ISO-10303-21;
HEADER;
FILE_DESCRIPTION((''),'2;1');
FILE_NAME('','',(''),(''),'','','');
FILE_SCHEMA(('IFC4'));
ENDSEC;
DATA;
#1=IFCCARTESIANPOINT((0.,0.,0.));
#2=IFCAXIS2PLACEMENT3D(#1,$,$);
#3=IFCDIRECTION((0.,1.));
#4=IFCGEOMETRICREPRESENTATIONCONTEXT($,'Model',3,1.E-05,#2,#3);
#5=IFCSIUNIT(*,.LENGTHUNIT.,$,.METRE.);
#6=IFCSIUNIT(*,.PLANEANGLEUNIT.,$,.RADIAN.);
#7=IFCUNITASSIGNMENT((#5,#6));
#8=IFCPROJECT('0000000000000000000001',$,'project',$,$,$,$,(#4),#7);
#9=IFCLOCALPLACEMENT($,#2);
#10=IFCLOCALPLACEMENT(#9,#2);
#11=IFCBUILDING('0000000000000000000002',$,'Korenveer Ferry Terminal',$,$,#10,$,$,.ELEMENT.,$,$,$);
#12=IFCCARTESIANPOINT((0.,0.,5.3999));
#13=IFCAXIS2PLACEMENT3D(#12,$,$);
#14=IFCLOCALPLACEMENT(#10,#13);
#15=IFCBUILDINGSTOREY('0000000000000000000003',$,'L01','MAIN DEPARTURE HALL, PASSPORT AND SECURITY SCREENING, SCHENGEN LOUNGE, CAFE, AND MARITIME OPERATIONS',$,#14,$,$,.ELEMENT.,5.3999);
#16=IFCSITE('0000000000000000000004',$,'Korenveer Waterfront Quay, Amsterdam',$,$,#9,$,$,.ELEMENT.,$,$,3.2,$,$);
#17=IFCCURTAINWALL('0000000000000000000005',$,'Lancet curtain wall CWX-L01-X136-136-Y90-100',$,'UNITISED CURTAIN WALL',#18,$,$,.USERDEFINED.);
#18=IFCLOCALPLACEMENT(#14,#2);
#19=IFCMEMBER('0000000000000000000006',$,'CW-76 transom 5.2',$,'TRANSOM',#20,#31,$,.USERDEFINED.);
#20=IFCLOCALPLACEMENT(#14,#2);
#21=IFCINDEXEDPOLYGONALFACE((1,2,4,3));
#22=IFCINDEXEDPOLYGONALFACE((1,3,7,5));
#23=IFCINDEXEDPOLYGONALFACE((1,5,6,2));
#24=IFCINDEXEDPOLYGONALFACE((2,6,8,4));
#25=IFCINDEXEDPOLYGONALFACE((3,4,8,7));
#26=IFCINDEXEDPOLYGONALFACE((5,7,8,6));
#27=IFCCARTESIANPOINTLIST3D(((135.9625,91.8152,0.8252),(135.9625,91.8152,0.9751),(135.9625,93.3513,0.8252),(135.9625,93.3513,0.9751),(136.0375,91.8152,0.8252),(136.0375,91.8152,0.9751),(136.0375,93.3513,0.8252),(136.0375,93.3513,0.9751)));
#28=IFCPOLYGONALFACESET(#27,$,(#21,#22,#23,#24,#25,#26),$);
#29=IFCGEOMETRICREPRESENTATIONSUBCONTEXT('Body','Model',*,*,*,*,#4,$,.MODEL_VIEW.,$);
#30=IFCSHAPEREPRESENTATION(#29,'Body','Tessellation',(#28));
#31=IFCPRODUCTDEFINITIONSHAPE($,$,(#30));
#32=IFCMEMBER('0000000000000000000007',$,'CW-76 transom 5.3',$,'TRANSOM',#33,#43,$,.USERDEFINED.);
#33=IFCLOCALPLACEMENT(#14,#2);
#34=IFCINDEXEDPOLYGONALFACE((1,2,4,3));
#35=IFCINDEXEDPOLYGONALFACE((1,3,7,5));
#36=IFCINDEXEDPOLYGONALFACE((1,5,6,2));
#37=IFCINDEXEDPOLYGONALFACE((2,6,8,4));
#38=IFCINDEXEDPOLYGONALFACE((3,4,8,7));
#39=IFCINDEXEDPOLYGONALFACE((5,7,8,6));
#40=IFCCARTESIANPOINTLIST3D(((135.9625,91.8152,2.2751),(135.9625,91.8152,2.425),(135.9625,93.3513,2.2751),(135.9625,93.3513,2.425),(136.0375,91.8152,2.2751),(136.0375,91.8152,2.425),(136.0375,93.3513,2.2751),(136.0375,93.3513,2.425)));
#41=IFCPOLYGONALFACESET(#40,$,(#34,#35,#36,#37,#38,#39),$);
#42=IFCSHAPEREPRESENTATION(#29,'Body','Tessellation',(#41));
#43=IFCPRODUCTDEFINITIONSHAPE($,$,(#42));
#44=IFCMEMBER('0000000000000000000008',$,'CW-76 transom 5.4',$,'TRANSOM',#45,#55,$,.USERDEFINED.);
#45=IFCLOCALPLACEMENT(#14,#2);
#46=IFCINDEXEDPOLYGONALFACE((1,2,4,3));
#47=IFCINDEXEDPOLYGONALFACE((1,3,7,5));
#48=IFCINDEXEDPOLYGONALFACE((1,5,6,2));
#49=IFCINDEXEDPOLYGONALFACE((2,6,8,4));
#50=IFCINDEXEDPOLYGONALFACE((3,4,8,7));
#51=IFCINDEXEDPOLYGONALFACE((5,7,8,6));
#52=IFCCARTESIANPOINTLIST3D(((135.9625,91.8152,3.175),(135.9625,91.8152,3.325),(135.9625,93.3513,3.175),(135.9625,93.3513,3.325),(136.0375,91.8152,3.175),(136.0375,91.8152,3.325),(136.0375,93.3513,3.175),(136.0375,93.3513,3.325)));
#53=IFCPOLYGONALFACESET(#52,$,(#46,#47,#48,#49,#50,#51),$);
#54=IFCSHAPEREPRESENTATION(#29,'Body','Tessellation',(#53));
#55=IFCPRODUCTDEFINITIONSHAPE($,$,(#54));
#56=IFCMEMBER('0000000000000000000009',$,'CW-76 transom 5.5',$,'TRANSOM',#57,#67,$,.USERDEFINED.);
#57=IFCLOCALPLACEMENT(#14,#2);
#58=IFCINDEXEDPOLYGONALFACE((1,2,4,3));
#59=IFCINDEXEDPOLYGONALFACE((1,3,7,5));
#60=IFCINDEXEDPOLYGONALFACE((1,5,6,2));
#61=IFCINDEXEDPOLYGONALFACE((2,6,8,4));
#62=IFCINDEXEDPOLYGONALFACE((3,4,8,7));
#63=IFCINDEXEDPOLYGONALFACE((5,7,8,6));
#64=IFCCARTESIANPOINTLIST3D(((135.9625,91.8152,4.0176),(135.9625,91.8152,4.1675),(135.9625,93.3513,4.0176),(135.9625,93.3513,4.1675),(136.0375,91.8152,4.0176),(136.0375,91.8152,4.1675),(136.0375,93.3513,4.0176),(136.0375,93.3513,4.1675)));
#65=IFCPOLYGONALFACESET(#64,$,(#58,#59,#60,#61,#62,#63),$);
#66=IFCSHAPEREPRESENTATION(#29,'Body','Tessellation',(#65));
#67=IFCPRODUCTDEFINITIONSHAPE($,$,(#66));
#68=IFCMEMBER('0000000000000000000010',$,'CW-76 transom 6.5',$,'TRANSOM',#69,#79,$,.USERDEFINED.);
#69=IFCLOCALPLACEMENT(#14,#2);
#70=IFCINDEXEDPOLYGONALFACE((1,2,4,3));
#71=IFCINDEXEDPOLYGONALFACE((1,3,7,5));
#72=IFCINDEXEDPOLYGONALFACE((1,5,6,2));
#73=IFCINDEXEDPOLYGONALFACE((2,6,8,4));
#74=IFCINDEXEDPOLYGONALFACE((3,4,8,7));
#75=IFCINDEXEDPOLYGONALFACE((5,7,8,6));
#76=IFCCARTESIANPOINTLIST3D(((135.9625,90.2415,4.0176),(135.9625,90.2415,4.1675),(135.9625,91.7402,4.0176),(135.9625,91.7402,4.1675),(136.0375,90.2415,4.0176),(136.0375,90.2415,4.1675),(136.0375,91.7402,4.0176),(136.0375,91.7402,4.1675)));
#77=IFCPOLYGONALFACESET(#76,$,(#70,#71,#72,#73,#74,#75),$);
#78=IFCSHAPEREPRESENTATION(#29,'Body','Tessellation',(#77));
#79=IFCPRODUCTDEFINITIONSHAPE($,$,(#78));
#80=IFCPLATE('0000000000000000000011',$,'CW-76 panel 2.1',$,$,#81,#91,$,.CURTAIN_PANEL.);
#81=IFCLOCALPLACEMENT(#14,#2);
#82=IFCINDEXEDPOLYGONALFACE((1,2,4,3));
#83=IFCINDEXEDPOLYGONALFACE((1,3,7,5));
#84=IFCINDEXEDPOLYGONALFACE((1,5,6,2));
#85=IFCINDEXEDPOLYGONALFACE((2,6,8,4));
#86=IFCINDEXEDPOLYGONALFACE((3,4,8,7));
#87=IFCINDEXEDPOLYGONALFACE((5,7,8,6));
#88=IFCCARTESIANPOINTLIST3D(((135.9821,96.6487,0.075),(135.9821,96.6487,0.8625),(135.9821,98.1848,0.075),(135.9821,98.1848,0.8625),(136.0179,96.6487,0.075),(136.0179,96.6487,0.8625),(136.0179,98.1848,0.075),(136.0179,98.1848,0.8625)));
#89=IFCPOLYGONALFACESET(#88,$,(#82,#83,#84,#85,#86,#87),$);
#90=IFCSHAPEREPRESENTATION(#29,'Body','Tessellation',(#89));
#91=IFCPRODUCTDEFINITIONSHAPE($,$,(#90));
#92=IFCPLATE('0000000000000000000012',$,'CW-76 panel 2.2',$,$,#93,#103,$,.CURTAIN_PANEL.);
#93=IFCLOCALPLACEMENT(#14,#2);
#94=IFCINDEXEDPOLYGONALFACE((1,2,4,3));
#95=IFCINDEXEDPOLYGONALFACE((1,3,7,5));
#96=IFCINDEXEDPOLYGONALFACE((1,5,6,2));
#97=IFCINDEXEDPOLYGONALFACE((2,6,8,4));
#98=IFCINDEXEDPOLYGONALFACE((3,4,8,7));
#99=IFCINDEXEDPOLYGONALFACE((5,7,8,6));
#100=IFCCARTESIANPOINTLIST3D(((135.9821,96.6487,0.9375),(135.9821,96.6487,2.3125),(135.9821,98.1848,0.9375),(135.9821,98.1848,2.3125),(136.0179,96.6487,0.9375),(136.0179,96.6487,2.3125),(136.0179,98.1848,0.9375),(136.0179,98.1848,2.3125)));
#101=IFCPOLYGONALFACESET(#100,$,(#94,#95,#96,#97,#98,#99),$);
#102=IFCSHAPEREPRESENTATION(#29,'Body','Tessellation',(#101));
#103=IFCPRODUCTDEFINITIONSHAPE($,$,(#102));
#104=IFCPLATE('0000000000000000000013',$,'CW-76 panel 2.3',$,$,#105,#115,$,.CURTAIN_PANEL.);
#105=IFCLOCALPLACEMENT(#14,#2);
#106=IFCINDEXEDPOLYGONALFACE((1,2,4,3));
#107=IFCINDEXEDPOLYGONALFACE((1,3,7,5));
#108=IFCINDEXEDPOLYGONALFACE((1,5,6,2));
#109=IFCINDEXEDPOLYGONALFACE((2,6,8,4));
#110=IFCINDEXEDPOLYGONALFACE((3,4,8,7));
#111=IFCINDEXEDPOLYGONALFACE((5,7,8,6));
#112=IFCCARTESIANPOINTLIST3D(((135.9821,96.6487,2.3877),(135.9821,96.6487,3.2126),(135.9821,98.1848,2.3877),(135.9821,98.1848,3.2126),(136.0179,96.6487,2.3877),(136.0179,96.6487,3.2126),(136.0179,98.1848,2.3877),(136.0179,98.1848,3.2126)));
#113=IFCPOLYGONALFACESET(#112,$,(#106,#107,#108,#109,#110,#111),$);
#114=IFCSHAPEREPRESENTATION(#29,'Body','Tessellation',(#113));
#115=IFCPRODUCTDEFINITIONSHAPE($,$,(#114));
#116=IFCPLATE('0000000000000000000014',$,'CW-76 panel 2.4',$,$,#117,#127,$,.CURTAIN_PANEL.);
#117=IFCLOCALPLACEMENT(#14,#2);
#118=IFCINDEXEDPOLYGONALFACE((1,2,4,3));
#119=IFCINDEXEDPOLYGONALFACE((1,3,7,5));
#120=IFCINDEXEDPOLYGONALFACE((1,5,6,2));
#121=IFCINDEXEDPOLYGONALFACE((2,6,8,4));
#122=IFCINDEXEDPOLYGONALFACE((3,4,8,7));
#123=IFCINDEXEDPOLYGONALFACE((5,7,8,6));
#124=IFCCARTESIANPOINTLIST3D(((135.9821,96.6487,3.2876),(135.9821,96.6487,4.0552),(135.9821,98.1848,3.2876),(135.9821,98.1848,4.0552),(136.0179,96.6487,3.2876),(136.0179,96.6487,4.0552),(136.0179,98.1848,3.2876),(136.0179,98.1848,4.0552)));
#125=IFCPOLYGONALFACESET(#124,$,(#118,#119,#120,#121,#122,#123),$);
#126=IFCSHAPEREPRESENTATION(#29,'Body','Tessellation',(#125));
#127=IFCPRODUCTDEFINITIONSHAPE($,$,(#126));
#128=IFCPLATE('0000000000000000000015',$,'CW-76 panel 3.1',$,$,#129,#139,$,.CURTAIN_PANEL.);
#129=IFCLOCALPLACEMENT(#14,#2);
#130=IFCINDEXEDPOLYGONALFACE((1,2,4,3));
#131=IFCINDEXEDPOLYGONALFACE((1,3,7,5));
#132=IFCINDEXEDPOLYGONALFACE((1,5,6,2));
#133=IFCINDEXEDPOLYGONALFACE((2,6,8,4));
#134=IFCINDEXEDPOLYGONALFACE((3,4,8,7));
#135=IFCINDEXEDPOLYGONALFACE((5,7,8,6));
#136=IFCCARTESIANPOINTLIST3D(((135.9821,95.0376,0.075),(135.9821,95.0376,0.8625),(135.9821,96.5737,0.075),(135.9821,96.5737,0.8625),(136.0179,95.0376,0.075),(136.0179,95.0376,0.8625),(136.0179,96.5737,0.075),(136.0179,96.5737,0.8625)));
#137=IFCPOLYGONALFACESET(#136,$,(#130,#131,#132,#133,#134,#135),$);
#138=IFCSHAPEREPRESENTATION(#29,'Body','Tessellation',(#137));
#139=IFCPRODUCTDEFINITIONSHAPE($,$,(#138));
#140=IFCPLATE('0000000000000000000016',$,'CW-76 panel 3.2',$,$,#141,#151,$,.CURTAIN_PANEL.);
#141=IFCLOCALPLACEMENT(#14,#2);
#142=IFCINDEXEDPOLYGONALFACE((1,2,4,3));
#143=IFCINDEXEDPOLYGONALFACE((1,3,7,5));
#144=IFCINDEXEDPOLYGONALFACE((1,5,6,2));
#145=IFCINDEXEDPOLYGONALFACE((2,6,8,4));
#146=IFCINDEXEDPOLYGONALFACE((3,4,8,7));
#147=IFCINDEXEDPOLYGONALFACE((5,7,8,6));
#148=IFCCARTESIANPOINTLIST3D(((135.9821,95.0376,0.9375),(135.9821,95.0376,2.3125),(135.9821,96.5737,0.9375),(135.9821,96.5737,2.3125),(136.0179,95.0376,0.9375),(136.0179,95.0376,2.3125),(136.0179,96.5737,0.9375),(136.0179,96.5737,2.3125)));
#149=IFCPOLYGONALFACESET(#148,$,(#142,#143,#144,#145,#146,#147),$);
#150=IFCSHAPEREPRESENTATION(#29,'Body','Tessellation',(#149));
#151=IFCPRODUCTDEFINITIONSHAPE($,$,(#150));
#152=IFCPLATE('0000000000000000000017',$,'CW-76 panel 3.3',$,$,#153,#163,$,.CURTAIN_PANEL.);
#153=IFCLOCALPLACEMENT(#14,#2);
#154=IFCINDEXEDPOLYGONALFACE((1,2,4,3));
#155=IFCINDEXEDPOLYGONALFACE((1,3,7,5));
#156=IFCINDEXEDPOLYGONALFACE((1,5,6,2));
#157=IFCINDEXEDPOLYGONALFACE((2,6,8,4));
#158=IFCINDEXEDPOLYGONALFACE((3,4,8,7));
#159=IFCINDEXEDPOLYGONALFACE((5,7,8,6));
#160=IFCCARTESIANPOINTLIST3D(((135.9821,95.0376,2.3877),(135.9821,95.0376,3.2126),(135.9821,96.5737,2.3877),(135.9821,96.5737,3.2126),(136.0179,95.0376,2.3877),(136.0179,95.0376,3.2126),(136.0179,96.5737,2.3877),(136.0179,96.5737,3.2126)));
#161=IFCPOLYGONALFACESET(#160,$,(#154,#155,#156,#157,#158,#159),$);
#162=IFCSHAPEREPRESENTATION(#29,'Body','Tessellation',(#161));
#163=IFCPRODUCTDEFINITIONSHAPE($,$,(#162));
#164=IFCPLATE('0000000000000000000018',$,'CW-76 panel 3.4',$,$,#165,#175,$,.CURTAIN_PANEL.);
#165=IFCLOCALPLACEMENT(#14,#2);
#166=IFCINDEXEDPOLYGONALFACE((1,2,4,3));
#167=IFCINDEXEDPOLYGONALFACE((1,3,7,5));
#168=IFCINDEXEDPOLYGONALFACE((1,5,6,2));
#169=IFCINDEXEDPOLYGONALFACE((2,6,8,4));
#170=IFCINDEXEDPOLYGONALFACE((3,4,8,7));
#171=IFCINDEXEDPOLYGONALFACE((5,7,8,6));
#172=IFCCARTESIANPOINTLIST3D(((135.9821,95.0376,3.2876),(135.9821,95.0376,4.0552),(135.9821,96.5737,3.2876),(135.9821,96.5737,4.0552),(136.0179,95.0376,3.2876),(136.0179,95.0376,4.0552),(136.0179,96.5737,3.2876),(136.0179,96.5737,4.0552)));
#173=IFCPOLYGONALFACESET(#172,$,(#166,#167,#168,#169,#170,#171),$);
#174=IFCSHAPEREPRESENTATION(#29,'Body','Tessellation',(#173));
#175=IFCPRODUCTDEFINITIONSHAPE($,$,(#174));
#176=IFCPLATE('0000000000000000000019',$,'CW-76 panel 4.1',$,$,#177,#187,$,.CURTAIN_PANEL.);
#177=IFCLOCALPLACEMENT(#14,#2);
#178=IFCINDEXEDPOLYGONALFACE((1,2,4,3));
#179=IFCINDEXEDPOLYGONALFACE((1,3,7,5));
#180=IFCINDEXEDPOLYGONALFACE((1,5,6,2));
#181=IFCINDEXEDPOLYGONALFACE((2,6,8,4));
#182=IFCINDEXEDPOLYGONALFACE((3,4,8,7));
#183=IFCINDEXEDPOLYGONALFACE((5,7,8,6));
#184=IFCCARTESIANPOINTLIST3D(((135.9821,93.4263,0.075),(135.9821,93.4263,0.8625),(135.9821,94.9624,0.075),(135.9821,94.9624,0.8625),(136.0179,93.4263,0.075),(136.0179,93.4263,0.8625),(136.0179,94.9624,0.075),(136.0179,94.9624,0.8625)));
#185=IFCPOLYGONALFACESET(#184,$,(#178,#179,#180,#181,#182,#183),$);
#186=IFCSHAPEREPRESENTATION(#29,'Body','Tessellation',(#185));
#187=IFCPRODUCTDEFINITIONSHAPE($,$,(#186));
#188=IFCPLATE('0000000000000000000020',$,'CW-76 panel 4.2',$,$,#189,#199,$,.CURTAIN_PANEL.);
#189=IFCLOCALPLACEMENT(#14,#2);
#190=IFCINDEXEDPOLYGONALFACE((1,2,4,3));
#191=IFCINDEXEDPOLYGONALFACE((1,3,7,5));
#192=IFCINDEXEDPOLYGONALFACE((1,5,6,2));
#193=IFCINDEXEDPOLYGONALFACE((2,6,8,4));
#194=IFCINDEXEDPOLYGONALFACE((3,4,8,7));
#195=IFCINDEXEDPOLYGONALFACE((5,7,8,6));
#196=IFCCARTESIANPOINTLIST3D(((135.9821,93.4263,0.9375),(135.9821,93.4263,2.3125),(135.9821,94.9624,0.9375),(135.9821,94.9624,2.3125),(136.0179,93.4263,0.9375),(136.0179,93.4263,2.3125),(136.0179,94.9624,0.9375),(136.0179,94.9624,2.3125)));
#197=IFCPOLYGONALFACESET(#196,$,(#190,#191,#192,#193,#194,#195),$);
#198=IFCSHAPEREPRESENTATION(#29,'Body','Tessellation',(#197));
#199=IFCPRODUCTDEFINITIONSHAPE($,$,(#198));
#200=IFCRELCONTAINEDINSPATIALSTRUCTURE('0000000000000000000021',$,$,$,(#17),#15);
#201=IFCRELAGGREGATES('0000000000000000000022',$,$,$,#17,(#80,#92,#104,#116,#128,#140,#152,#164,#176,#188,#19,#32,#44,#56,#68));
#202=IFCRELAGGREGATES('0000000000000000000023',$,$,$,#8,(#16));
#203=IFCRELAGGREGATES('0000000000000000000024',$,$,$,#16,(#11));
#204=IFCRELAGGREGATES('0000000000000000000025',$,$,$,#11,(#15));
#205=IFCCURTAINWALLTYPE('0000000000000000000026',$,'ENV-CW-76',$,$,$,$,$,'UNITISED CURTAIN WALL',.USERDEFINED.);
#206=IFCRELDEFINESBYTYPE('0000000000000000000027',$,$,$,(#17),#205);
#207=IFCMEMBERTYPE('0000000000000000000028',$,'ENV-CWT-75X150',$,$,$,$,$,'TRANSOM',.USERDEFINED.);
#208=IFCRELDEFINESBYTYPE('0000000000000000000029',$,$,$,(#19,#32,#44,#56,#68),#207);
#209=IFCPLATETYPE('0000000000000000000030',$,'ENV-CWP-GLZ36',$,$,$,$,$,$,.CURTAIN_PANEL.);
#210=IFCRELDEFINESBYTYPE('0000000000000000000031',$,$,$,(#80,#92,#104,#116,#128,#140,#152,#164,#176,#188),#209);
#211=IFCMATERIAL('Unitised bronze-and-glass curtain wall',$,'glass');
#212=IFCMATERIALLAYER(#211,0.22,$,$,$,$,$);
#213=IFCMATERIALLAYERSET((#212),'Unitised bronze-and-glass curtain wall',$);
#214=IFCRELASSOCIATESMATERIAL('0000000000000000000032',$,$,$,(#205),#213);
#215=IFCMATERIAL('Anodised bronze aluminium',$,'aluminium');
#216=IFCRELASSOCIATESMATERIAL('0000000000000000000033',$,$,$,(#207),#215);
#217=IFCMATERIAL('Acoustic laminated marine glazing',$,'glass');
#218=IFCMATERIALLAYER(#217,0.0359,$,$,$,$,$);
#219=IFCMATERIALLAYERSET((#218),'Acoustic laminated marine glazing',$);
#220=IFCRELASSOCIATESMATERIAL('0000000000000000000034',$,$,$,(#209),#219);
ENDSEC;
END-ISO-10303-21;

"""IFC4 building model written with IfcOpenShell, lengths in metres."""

from ifc_helpers import new_model, si_unit, direction, frame, origin, origin_2d, place, context, subcontext, project, spatial, rectangle, extrude, material, layer, layer_set, material_profile, profile_set, type_object, element, aggregate, save


model = new_model("IFC4")

# Units and contexts
model_context = context("Model", 3, precision=1e-05, world=origin(), true_north=direction((0.0, 1.0)))
body_context = subcontext(model_context, "Body", "Model", "MODEL_VIEW")
ifc_project = project(units=[si_unit("LENGTHUNIT", "METRE"), si_unit("PLANEANGLEUNIT", "RADIAN")], contexts=[model_context])

# Site, building, storey
site_placement = place(None, origin())
site = spatial("IfcSite", under=ifc_project, at=site_placement, Name="Korenveer Waterfront Quay, Amsterdam", CompositionType="ELEMENT", RefElevation=3.2)
building_placement = place(site_placement, origin())
building = spatial("IfcBuilding", under=site, at=building_placement, Name="Korenveer Ferry Terminal", CompositionType="ELEMENT")
storey_placement = place(building_placement, frame((0.0, 0.0, 5.3999)))
storey = spatial("IfcBuildingStorey", under=building, at=storey_placement, Name="L01", Description="MAIN DEPARTURE HALL, PASSPORT AND SECURITY SCREENING, SCHENGEN LOUNGE, CAFE, AND MARITIME OPERATIONS", CompositionType="ELEMENT", Elevation=5.3999)

# Curtain wall, members, plates
ifc_material_1 = material(Name="Unitised bronze-and-glass curtain wall", Category="glass")
ifc_layer_1 = layer(ifc_material_1, 0.22)
ifc_layer_set_1 = layer_set([ifc_layer_1], Name="Unitised bronze-and-glass curtain wall")
curtain_wall_type = type_object("IfcCurtainWallType", Name="ENV-CW-76", ElementType="UNITISED CURTAIN WALL", PredefinedType="USERDEFINED", material=ifc_layer_set_1)
curtain_wall_placement = place(storey_placement, frame((136.0, 99.8335, 0.0)))
curtain_wall = element("IfcCurtainWall", 1, at=curtain_wall_placement, inside=storey, type_object=curtain_wall_type, Name="Lancet curtain wall CWX-L01-X136-136-Y90-100", ObjectType="UNITISED CURTAIN WALL", PredefinedType="USERDEFINED")
ifc_material_2 = material(Name="Anodised bronze aluminium", Category="aluminium")
ifc_material_profile_1 = material_profile(ifc_material_2, rectangle(XDim=0.075, YDim=0.1499, at=origin_2d()), Name="ALU 75x150")
ifc_profile_set_1 = profile_set([ifc_material_profile_1], Name="Anodised bronze aluminium")
member_type_1 = type_object("IfcMemberType", Name="ENV-CWT-75X150", ElementType="TRANSOM", PredefinedType="USERDEFINED", material=ifc_profile_set_1)
member_1_placement = place(storey_placement, frame((136.0, 93.3513, 0.9001), z_axis=(0.0, -1.0, 0.0), x_axis=(1.0, 0.0, 0.0)))
member_1 = element("IfcMember", 2, at=member_1_placement, type_object=member_type_1, Name="CW-76 transom 5.2", ObjectType="TRANSOM", PredefinedType="USERDEFINED", context=body_context, shape_type="SweptSolid", body=[
    extrude(rectangle(XDim=0.075, YDim=0.1499, at=origin_2d()), origin(), (0.0, 0.0, 1.0), 1.5361),
])
member_2_placement = place(storey_placement, frame((136.0, 93.3513, 2.3501), z_axis=(0.0, -1.0, 0.0), x_axis=(1.0, 0.0, 0.0)))
member_2 = element("IfcMember", 3, at=member_2_placement, type_object=member_type_1, Name="CW-76 transom 5.3", ObjectType="TRANSOM", PredefinedType="USERDEFINED", context=body_context, shape_type="SweptSolid", body=[
    extrude(rectangle(XDim=0.075, YDim=0.1499, at=origin_2d()), origin(), (0.0, 0.0, 1.0), 1.5361),
])
member_3_placement = place(storey_placement, frame((136.0, 93.3513, 3.25), z_axis=(0.0, -1.0, 0.0), x_axis=(1.0, 0.0, 0.0)))
member_3 = element("IfcMember", 4, at=member_3_placement, type_object=member_type_1, Name="CW-76 transom 5.4", ObjectType="TRANSOM", PredefinedType="USERDEFINED", context=body_context, shape_type="SweptSolid", body=[
    extrude(rectangle(XDim=0.075, YDim=0.1499, at=origin_2d()), origin(), (0.0, 0.0, 1.0), 1.5361),
])
member_4_placement = place(storey_placement, frame((136.0, 93.3513, 4.0925), z_axis=(0.0, -1.0, 0.0), x_axis=(1.0, 0.0, 0.0)))
member_4 = element("IfcMember", 5, at=member_4_placement, type_object=member_type_1, Name="CW-76 transom 5.5", ObjectType="TRANSOM", PredefinedType="USERDEFINED", context=body_context, shape_type="SweptSolid", body=[
    extrude(rectangle(XDim=0.075, YDim=0.1499, at=origin_2d()), origin(), (0.0, 0.0, 1.0), 1.5361),
])
member_5_placement = place(storey_placement, frame((136.0, 91.7402, 4.0925), z_axis=(0.0, -1.0, 0.0), x_axis=(1.0, 0.0, 0.0)))
member_5 = element("IfcMember", 6, at=member_5_placement, type_object=member_type_1, Name="CW-76 transom 6.5", ObjectType="TRANSOM", PredefinedType="USERDEFINED", context=body_context, shape_type="SweptSolid", body=[
    extrude(rectangle(XDim=0.075, YDim=0.1499, at=origin_2d()), origin(), (0.0, 0.0, 1.0), 1.4988),
])
ifc_material_3 = material(Name="Acoustic laminated marine glazing", Category="glass")
ifc_layer_2 = layer(ifc_material_3, 0.0359)
ifc_layer_set_2 = layer_set([ifc_layer_2], Name="Acoustic laminated marine glazing")
plate_type = type_object("IfcPlateType", Name="ENV-CWP-GLZ36", PredefinedType="CURTAIN_PANEL", material=ifc_layer_set_2)
plate_1_placement = place(storey_placement, frame((136.0, 97.4167, 0.075), z_axis=(0.0, 0.0, 1.0), x_axis=(0.0, -1.0, 0.0)))
plate_1 = element("IfcPlate", 7, at=plate_1_placement, type_object=plate_type, Name="CW-76 panel 2.1", PredefinedType="CURTAIN_PANEL", context=body_context, shape_type="SweptSolid", body=[
    extrude(rectangle(XDim=1.5361, YDim=0.0359, at=origin_2d()), origin(), (0.0, 0.0, 1.0), 0.7876),
])
plate_2_placement = place(storey_placement, frame((136.0, 97.4167, 0.9375), z_axis=(0.0, 0.0, 1.0), x_axis=(0.0, -1.0, 0.0)))
plate_2 = element("IfcPlate", 8, at=plate_2_placement, type_object=plate_type, Name="CW-76 panel 2.2", PredefinedType="CURTAIN_PANEL", context=body_context, shape_type="SweptSolid", body=[
    extrude(rectangle(XDim=1.5361, YDim=0.0359, at=origin_2d()), origin(), (0.0, 0.0, 1.0), 1.375),
])
plate_3_placement = place(storey_placement, frame((136.0, 97.4167, 2.3877), z_axis=(0.0, 0.0, 1.0), x_axis=(0.0, -1.0, 0.0)))
plate_3 = element("IfcPlate", 9, at=plate_3_placement, type_object=plate_type, Name="CW-76 panel 2.3", PredefinedType="CURTAIN_PANEL", context=body_context, shape_type="SweptSolid", body=[
    extrude(rectangle(XDim=1.5361, YDim=0.0359, at=origin_2d()), origin(), (0.0, 0.0, 1.0), 0.825),
])
plate_4_placement = place(storey_placement, frame((136.0, 97.4167, 3.2876), z_axis=(0.0, 0.0, 1.0), x_axis=(0.0, -1.0, 0.0)))
plate_4 = element("IfcPlate", 10, at=plate_4_placement, type_object=plate_type, Name="CW-76 panel 2.4", PredefinedType="CURTAIN_PANEL", context=body_context, shape_type="SweptSolid", body=[
    extrude(rectangle(XDim=1.5361, YDim=0.0359, at=origin_2d()), origin(), (0.0, 0.0, 1.0), 0.7676),
])
plate_5_placement = place(storey_placement, frame((136.0, 95.8057, 0.075), z_axis=(0.0, 0.0, 1.0), x_axis=(0.0, -1.0, 0.0)))
plate_5 = element("IfcPlate", 11, at=plate_5_placement, type_object=plate_type, Name="CW-76 panel 3.1", PredefinedType="CURTAIN_PANEL", context=body_context, shape_type="SweptSolid", body=[
    extrude(rectangle(XDim=1.5361, YDim=0.0359, at=origin_2d()), origin(), (0.0, 0.0, 1.0), 0.7876),
])
plate_6_placement = place(storey_placement, frame((136.0, 95.8057, 0.9375), z_axis=(0.0, 0.0, 1.0), x_axis=(0.0, -1.0, 0.0)))
plate_6 = element("IfcPlate", 12, at=plate_6_placement, type_object=plate_type, Name="CW-76 panel 3.2", PredefinedType="CURTAIN_PANEL", context=body_context, shape_type="SweptSolid", body=[
    extrude(rectangle(XDim=1.5361, YDim=0.0359, at=origin_2d()), origin(), (0.0, 0.0, 1.0), 1.375),
])
plate_7_placement = place(storey_placement, frame((136.0, 95.8057, 2.3877), z_axis=(0.0, 0.0, 1.0), x_axis=(0.0, -1.0, 0.0)))
plate_7 = element("IfcPlate", 13, at=plate_7_placement, type_object=plate_type, Name="CW-76 panel 3.3", PredefinedType="CURTAIN_PANEL", context=body_context, shape_type="SweptSolid", body=[
    extrude(rectangle(XDim=1.5361, YDim=0.0359, at=origin_2d()), origin(), (0.0, 0.0, 1.0), 0.825),
])
plate_8_placement = place(storey_placement, frame((136.0, 95.8057, 3.2876), z_axis=(0.0, 0.0, 1.0), x_axis=(0.0, -1.0, 0.0)))
plate_8 = element("IfcPlate", 14, at=plate_8_placement, type_object=plate_type, Name="CW-76 panel 3.4", PredefinedType="CURTAIN_PANEL", context=body_context, shape_type="SweptSolid", body=[
    extrude(rectangle(XDim=1.5361, YDim=0.0359, at=origin_2d()), origin(), (0.0, 0.0, 1.0), 0.7676),
])
plate_9_placement = place(storey_placement, frame((136.0, 94.1943, 0.075), z_axis=(0.0, 0.0, 1.0), x_axis=(0.0, -1.0, 0.0)))
plate_9 = element("IfcPlate", 15, at=plate_9_placement, type_object=plate_type, Name="CW-76 panel 4.1", PredefinedType="CURTAIN_PANEL", context=body_context, shape_type="SweptSolid", body=[
    extrude(rectangle(XDim=1.5361, YDim=0.0359, at=origin_2d()), origin(), (0.0, 0.0, 1.0), 0.7876),
])
plate_10_placement = place(storey_placement, frame((136.0, 94.1943, 0.9375), z_axis=(0.0, 0.0, 1.0), x_axis=(0.0, -1.0, 0.0)))
plate_10 = element("IfcPlate", 16, at=plate_10_placement, type_object=plate_type, Name="CW-76 panel 4.2", PredefinedType="CURTAIN_PANEL", context=body_context, shape_type="SweptSolid", body=[
    extrude(rectangle(XDim=1.5361, YDim=0.0359, at=origin_2d()), origin(), (0.0, 0.0, 1.0), 1.375),
])
aggregate(curtain_wall, [plate_1, plate_2, plate_3, plate_4, plate_5, plate_6, plate_7, plate_8, plate_9, plate_10, member_1, member_2, member_3, member_4, member_5])

save(model, "model.ifc")
